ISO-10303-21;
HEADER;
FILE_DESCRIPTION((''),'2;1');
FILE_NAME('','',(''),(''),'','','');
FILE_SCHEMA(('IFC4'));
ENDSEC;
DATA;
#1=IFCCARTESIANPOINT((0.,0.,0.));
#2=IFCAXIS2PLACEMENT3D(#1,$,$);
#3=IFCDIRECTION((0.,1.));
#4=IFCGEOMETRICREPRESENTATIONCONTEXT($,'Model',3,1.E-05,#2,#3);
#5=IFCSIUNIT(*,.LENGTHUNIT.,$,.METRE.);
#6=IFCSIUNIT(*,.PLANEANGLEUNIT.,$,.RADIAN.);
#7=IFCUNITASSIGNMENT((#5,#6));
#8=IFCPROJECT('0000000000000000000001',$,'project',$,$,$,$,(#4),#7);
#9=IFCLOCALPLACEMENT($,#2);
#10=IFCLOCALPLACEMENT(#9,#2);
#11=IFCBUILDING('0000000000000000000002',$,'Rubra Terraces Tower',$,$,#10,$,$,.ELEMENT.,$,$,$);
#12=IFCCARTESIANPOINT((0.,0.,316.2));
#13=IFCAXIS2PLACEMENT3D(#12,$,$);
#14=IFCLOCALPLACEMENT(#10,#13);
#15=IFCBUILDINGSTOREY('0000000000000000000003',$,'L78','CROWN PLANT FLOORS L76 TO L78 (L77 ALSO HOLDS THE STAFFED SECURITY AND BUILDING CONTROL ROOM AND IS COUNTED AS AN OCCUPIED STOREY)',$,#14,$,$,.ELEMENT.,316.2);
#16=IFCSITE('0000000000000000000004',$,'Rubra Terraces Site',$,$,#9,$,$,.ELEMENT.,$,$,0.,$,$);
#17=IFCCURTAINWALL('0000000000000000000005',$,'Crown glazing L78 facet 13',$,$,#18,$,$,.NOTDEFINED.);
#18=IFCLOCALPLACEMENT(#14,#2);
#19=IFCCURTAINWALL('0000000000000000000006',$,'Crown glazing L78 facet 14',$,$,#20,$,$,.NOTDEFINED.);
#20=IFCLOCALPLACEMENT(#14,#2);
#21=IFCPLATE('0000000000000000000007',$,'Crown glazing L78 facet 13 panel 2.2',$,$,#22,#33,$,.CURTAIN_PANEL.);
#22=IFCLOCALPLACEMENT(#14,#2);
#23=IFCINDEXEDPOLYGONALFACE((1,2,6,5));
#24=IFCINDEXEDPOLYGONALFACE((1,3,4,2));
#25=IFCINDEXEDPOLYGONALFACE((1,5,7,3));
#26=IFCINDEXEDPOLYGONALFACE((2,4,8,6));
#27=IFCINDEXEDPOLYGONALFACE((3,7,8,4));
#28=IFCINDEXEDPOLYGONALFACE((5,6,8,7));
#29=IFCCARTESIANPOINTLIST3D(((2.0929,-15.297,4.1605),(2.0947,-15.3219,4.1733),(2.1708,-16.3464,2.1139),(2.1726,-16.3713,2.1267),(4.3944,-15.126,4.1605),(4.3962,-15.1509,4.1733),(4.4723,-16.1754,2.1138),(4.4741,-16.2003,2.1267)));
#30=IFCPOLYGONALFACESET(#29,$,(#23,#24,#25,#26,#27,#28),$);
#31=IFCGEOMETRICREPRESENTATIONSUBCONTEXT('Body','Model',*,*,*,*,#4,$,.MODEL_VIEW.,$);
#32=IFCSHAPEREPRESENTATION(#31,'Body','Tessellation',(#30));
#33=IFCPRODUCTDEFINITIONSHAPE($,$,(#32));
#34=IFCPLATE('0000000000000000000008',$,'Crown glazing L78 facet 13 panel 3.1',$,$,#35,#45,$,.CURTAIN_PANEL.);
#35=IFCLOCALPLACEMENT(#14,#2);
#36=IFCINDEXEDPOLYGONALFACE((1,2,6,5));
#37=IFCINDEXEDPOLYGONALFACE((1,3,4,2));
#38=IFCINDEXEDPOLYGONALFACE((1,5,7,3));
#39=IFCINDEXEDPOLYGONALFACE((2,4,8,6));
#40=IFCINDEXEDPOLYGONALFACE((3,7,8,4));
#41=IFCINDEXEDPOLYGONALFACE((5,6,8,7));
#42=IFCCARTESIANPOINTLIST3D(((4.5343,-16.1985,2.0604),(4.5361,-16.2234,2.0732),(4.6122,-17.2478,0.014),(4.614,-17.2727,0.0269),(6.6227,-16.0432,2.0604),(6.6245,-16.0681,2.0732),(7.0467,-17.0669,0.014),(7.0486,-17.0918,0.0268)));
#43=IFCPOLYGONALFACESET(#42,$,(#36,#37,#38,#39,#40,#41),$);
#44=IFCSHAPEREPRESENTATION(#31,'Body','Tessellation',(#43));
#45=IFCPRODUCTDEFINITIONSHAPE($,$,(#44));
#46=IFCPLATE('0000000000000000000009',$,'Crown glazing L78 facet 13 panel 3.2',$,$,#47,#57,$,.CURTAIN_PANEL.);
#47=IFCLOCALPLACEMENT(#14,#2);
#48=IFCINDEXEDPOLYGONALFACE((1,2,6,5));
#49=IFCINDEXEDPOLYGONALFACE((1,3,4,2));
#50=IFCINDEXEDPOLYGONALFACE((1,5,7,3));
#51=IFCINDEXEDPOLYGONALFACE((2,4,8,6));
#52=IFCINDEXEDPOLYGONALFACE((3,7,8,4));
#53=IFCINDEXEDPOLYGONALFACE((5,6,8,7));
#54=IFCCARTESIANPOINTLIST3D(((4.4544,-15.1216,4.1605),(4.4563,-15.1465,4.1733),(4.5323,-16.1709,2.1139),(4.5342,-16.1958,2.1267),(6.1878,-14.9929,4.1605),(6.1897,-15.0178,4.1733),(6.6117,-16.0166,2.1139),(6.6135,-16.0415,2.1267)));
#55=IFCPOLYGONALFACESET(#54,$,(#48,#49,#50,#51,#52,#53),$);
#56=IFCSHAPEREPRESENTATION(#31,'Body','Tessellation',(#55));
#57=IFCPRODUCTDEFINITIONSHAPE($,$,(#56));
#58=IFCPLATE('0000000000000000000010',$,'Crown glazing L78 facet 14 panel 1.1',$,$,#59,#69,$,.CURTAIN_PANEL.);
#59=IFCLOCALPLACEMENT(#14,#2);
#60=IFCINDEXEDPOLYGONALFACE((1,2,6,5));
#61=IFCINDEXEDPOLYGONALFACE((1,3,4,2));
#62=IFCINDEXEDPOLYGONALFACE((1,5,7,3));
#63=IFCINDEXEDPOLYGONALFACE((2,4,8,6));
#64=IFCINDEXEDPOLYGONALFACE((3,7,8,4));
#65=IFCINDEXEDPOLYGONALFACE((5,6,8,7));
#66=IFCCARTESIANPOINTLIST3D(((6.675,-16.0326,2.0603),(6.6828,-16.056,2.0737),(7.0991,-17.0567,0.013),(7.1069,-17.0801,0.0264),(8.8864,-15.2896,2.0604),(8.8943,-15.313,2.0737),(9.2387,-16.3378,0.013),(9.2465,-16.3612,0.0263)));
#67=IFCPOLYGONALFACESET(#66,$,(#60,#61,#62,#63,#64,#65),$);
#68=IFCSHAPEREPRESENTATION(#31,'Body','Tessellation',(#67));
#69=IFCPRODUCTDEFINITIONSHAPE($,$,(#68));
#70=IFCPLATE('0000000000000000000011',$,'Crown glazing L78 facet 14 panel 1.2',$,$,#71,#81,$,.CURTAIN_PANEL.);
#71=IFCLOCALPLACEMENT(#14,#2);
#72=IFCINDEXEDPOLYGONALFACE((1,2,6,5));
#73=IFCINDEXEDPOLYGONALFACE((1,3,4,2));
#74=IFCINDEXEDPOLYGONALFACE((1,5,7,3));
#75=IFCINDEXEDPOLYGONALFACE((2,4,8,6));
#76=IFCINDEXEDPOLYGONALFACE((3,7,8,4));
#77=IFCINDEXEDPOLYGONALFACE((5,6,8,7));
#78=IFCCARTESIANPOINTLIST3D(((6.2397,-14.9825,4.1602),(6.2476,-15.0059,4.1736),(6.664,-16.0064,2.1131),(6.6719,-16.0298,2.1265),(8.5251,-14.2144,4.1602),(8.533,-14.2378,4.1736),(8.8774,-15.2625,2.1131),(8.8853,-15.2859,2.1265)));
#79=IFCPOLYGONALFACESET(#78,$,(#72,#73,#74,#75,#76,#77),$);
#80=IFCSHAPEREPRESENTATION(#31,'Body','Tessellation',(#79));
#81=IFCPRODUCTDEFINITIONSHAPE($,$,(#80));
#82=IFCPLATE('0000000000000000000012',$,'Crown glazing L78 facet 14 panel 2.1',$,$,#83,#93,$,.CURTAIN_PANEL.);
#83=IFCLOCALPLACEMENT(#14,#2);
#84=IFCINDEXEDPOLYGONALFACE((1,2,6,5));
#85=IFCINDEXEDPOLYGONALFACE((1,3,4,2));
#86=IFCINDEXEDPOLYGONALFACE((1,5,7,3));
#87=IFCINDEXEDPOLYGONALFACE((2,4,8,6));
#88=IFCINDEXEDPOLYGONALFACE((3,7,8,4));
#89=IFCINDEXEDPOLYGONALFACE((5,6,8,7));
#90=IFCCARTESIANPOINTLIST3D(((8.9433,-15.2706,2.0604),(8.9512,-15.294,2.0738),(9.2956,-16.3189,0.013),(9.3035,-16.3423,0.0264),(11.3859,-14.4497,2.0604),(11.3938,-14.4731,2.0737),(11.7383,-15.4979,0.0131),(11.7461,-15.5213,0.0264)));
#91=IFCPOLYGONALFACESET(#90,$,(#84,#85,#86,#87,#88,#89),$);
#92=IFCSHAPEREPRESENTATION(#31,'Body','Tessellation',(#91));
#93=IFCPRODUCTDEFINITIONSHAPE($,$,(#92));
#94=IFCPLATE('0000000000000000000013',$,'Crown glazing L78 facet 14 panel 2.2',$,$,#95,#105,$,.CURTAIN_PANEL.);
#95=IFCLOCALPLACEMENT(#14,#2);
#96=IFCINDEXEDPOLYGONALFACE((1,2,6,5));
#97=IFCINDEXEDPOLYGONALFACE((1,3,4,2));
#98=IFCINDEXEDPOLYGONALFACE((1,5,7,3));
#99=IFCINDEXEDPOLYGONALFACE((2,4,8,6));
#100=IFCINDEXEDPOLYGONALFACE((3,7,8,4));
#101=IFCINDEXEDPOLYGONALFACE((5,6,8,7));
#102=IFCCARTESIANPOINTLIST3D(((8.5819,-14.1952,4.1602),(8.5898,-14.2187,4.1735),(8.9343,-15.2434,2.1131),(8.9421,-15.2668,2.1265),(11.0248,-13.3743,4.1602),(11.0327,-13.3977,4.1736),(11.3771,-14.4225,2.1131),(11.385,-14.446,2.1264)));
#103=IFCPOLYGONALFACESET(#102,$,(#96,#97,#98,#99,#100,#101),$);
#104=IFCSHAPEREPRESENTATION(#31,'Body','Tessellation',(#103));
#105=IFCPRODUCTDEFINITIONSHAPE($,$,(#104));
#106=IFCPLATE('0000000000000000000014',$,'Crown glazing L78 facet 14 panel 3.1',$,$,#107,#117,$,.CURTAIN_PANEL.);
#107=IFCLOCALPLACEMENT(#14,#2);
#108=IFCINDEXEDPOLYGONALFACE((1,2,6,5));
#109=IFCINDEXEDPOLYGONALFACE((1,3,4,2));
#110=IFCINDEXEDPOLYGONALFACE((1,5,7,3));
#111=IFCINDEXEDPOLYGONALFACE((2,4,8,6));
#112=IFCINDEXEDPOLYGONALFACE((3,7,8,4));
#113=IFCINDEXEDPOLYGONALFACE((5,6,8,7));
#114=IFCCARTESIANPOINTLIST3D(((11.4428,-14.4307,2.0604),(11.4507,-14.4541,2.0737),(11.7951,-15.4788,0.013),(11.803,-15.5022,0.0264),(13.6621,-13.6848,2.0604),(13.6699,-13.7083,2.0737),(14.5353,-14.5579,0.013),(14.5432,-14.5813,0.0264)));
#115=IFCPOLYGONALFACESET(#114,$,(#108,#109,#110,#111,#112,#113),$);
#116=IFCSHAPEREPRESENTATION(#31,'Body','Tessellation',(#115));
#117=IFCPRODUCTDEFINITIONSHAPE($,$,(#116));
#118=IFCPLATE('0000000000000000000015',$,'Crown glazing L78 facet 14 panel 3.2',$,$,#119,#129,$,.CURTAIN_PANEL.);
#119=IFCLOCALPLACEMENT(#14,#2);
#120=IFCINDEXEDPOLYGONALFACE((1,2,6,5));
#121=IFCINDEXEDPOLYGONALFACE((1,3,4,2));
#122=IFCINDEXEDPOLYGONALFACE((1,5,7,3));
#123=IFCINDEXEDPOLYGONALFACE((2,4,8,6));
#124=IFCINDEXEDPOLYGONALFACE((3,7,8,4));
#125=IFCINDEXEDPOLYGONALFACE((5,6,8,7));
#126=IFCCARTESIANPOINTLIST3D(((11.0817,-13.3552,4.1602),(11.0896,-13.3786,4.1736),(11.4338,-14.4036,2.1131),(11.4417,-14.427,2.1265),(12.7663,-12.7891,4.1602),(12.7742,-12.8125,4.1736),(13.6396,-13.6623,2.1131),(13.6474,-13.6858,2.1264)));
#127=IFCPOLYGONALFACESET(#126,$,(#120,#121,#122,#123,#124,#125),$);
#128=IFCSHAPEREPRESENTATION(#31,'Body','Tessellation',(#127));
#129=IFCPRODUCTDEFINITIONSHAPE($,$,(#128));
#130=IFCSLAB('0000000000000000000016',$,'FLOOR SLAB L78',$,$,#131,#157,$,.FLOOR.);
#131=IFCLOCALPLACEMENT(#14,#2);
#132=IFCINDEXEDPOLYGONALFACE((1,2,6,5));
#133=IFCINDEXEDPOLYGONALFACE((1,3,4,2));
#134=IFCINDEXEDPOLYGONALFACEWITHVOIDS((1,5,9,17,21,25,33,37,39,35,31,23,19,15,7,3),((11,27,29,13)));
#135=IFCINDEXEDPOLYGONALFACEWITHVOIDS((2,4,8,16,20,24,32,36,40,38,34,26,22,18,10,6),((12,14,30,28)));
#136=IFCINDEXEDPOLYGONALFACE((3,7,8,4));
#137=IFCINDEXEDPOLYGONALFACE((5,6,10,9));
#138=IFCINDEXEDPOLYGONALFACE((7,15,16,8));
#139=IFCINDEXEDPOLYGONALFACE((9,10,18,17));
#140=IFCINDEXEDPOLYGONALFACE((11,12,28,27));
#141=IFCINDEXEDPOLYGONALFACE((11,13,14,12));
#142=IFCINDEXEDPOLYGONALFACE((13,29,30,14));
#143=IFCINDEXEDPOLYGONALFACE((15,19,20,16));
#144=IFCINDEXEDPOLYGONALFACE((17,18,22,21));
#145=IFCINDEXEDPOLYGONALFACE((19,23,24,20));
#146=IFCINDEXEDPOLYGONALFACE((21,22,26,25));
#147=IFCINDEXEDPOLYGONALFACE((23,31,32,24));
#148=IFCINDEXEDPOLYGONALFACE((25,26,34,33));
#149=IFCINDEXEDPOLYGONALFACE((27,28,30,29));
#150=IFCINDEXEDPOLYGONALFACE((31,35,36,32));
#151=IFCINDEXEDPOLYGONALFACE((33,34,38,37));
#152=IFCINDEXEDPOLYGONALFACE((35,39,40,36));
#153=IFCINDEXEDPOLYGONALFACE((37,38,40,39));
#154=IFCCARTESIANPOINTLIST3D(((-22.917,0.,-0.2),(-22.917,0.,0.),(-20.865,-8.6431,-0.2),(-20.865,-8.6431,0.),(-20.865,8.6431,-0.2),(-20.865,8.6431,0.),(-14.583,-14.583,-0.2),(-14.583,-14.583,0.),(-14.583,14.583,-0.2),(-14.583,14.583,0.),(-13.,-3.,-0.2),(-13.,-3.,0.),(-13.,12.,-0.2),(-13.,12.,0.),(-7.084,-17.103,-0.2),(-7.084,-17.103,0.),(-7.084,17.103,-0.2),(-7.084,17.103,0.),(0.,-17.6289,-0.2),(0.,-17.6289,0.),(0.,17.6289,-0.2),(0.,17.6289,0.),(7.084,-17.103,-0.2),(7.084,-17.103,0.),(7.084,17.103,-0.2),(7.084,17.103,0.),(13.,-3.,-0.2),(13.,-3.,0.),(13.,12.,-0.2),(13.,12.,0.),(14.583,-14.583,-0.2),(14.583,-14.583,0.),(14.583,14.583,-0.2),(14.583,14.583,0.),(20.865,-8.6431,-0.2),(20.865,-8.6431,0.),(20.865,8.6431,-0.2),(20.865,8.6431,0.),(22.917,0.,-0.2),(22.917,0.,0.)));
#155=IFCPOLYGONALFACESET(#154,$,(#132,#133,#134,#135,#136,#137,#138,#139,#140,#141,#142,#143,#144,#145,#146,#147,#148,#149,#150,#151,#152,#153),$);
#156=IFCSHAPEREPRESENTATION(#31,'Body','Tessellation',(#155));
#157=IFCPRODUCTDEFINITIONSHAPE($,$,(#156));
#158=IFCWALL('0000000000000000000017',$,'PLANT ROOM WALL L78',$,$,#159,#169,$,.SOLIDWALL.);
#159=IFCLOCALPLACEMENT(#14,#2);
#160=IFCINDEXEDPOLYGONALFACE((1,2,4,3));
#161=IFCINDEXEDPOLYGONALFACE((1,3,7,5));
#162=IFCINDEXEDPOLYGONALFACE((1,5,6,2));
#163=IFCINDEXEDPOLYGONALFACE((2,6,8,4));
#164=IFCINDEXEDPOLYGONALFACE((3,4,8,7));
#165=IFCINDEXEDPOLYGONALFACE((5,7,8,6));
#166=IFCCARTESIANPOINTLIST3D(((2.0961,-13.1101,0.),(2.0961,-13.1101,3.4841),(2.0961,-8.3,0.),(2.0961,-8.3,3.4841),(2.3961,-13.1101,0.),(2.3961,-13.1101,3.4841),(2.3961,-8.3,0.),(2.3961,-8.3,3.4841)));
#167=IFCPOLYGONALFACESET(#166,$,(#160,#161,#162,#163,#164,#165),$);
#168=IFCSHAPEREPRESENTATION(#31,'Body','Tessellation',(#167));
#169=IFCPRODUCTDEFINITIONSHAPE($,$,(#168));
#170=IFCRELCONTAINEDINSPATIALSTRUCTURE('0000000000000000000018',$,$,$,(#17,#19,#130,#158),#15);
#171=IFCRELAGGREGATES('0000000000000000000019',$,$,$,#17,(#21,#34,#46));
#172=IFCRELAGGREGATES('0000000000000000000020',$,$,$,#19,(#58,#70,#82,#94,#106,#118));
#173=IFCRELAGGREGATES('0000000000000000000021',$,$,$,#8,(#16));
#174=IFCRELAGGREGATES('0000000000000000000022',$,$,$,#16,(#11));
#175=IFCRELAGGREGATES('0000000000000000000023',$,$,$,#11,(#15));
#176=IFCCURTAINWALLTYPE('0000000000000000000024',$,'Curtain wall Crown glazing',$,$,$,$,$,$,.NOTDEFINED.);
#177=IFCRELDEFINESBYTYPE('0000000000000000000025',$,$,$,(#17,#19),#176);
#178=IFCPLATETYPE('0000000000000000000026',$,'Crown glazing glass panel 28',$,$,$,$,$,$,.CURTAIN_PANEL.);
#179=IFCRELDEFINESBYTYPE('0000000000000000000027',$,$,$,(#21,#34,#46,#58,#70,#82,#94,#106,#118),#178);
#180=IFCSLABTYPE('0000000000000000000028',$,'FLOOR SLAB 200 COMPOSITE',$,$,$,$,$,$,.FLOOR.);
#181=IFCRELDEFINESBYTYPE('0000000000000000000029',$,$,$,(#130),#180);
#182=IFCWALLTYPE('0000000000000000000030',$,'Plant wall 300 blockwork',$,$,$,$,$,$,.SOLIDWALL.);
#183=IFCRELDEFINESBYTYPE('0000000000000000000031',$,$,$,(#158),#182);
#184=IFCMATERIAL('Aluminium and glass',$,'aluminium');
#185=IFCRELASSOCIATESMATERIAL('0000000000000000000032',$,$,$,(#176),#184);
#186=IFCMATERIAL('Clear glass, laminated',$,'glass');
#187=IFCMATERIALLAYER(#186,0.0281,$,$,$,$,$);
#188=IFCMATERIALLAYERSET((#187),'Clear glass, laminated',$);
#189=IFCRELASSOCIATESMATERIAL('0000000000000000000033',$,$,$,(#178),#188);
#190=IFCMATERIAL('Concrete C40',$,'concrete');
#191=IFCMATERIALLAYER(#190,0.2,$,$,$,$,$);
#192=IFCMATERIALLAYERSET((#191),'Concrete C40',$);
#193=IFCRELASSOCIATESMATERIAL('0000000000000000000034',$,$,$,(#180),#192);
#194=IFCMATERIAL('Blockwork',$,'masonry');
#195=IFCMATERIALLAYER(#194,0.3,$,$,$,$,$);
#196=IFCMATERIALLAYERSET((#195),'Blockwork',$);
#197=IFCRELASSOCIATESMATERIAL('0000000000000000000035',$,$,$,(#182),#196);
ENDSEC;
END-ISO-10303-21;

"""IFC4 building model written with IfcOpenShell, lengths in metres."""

from ifc_helpers import new_model, si_unit, direction, frame, frame_2d, origin, place, context, subcontext, project, spatial, polyline, rectangle, outline, extrude, material, layer, layer_set, type_object, element, aggregate, save


model = new_model("IFC4")

# Units and contexts
model_context = context("Model", 3, precision=1e-05, world=origin(), true_north=direction((0.0, 1.0)))
body_context = subcontext(model_context, "Body", "Model", "MODEL_VIEW")
ifc_project = project(units=[si_unit("LENGTHUNIT", "METRE"), si_unit("PLANEANGLEUNIT", "RADIAN")], contexts=[model_context])

# Site, building, storey
site_placement = place(None, origin())
site = spatial("IfcSite", under=ifc_project, at=site_placement, Name="Rubra Terraces Site", CompositionType="ELEMENT", RefElevation=0.0)
building_placement = place(site_placement, origin())
building = spatial("IfcBuilding", under=site, at=building_placement, Name="Rubra Terraces Tower", CompositionType="ELEMENT")
storey_placement = place(building_placement, frame((0.0, 0.0, 316.2)))
storey = spatial("IfcBuildingStorey", under=building, at=storey_placement, Name="L78", Description="CROWN PLANT FLOORS L76 TO L78 (L77 ALSO HOLDS THE STAFFED SECURITY AND BUILDING CONTROL ROOM AND IS COUNTED AS AN OCCUPIED STOREY)", CompositionType="ELEMENT", Elevation=316.2)

# Curtain walls
ifc_material_1 = material(Name="Aluminium and glass", Category="aluminium")
curtain_wall_type = type_object("IfcCurtainWallType", Name="Curtain wall Crown glazing", PredefinedType="NOTDEFINED", material=ifc_material_1)
curtain_wall_1_placement = place(storey_placement, origin())
curtain_wall_1 = element("IfcCurtainWall", 1, at=curtain_wall_1_placement, inside=storey, type_object=curtain_wall_type, Name="Crown glazing L78 facet 13", PredefinedType="NOTDEFINED")
curtain_wall_2_placement = place(storey_placement, origin())
curtain_wall_2 = element("IfcCurtainWall", 2, at=curtain_wall_2_placement, inside=storey, type_object=curtain_wall_type, Name="Crown glazing L78 facet 14", PredefinedType="NOTDEFINED")

# Shared definitions
ifc_material_2 = material(Name="Concrete C40", Category="concrete")

# Plates
ifc_material_3 = material(Name="Clear glass, laminated", Category="glass")
ifc_layer_1 = layer(ifc_material_3, 0.0281)
ifc_layer_set_1 = layer_set([ifc_layer_1], Name="Clear glass, laminated")
plate_type = type_object("IfcPlateType", Name="Crown glazing glass panel 28", PredefinedType="CURTAIN_PANEL", material=ifc_layer_set_1)
plate_1_placement = place(storey_placement, frame((2.1726, -16.3713, 2.1267), z_axis=(0.065902, -0.886883, 0.457269), x_axis=(0.997251, 0.074093, -0.000021)))
plate_1 = element("IfcPlate", 3, at=plate_1_placement, type_object=plate_type, Name="Crown glazing L78 facet 13 panel 2.2", PredefinedType="CURTAIN_PANEL", context=body_context, shape_type="SweptSolid", body=[
    extrude(outline(polyline([(0.0, 0.0), (2.3078, 0.0), (2.3079, 2.3014), (0.0, 2.3013), (0.0, 0.0)])), origin(), (0.0, 0.0, -1.0), 0.0281),
])
plate_2_placement = place(storey_placement, frame((4.614, -17.2727, 0.0269), z_axis=(0.065919, -0.886873, 0.457287), x_axis=(0.997249, 0.074119, -0.000008)))
plate_2 = element("IfcPlate", 4, at=plate_2_placement, type_object=plate_type, Name="Crown glazing L78 facet 13 panel 3.1", PredefinedType="CURTAIN_PANEL", context=body_context, shape_type="SweptSolid", body=[
    extrude(outline(polyline([(0.0, 0.0), (2.4413, 0.0), (2.0942, 2.3011), (0.0001, 2.301), (0.0, 0.0)])), origin(), (0.0, 0.0, -1.0), 0.0281),
])
plate_3_placement = place(storey_placement, frame((4.5342, -16.1958, 2.1267), z_axis=(0.065821, -0.886907, 0.457234), x_axis=(0.997258, 0.074009, -0.000004)))
plate_3 = element("IfcPlate", 5, at=plate_3_placement, type_object=plate_type, Name="Crown glazing L78 facet 13 panel 3.2", PredefinedType="CURTAIN_PANEL", context=body_context, shape_type="SweptSolid", body=[
    extrude(outline(polyline([(0.0, 0.0), (2.0851, 0.0), (1.7382, 2.3013), (0.0, 2.3013), (0.0, 0.0)])), origin(), (0.0, 0.0, -1.0), 0.0281),
])
aggregate(curtain_wall_1, [plate_1, plate_2, plate_3])
plate_4_placement = place(storey_placement, frame((7.1069, -17.0801, 0.0264), z_axis=(0.28023, -0.834045, 0.475227), x_axis=(0.94793, 0.318479, -0.000026)))
plate_4 = element("IfcPlate", 6, at=plate_4_placement, type_object=plate_type, Name="Crown glazing L78 facet 14 panel 1.1", PredefinedType="CURTAIN_PANEL", context=body_context, shape_type="SweptSolid", body=[
    extrude(outline(polyline([(0.0, 0.0), (2.2571, 0.0), (2.257, 2.327), (-0.0759, 2.3268), (0.0, 0.0)])), origin(), (0.0, 0.0, -1.0), 0.0281),
])
plate_5_placement = place(storey_placement, frame((6.6719, -16.0298, 2.1265), z_axis=(0.280297, -0.834011, 0.475246), x_axis=(0.947898, 0.318574, 0.000003)))
plate_5 = element("IfcPlate", 7, at=plate_5_placement, type_object=plate_type, Name="Crown glazing L78 facet 14 panel 1.2", PredefinedType="CURTAIN_PANEL", context=body_context, shape_type="SweptSolid", body=[
    extrude(outline(polyline([(0.0, 0.0), (2.335, 0.0), (2.335, 2.3267), (-0.076, 2.3267), (0.0, 0.0)])), origin(), (0.0, 0.0, -1.0), 0.0281),
])
plate_6_placement = place(storey_placement, frame((9.3035, -16.3423, 0.0264), z_axis=(0.280298, -0.834017, 0.475235), x_axis=(0.947896, 0.318581, 0.000019)))
plate_6 = element("IfcPlate", 8, at=plate_6_placement, type_object=plate_type, Name="Crown glazing L78 facet 14 panel 2.1", PredefinedType="CURTAIN_PANEL", context=body_context, shape_type="SweptSolid", body=[
    extrude(outline(polyline([(0.0, 0.0), (2.5769, 0.0), (2.5769, 2.3269), (0.0001, 2.327), (0.0, 0.0)])), origin(), (0.0, 0.0, -1.0), 0.0281),
])
plate_7_placement = place(storey_placement, frame((8.9421, -15.2668, 2.1265), z_axis=(0.280265, -0.834003, 0.475279), x_axis=(0.947912, 0.318533, -0.000019)))
plate_7 = element("IfcPlate", 9, at=plate_7_placement, type_object=plate_type, Name="Crown glazing L78 facet 14 panel 2.2", PredefinedType="CURTAIN_PANEL", context=body_context, shape_type="SweptSolid", body=[
    extrude(outline(polyline([(0.0, 0.0), (2.5771, 0.0), (2.577, 2.3268), (-0.0001, 2.3267), (0.0, 0.0)])), origin(), (0.0, 0.0, -1.0), 0.0281),
])
plate_8_placement = place(storey_placement, frame((11.803, -15.5022, 0.0264), z_axis=(0.280297, -0.834035, 0.475204), x_axis=(0.947902, 0.318563, -0.000003)))
plate_8 = element("IfcPlate", 10, at=plate_8_placement, type_object=plate_type, Name="Crown glazing L78 facet 14 panel 3.1", PredefinedType="CURTAIN_PANEL", context=body_context, shape_type="SweptSolid", body=[
    extrude(outline(polyline([(0.0, 0.0), (2.8908, 0.0), (2.3412, 2.3269), (-0.0001, 2.3269), (0.0, 0.0)])), origin(), (0.0, 0.0, -1.0), 0.0281),
])
plate_9_placement = place(storey_placement, frame((11.4417, -14.427, 2.1265), z_axis=(0.280263, -0.833986, 0.47531), x_axis=(0.947909, 0.318542, -0.00001)))
plate_9 = element("IfcPlate", 11, at=plate_9_placement, type_object=plate_type, Name="Crown glazing L78 facet 14 panel 3.2", PredefinedType="CURTAIN_PANEL", context=body_context, shape_type="SweptSolid", body=[
    extrude(outline(polyline([(0.0, 0.0), (2.327, 0.0), (1.7774, 2.3268), (0.0002, 2.3267), (0.0, 0.0)])), origin(), (0.0, 0.0, -1.0), 0.0281),
])
aggregate(curtain_wall_2, [plate_4, plate_5, plate_6, plate_7, plate_8, plate_9])

# Slab
ifc_layer_2 = layer(ifc_material_2, 0.2)
ifc_layer_set_2 = layer_set([ifc_layer_2], Name="Concrete C40")
slab_type_1 = type_object("IfcSlabType", Name="FLOOR SLAB 200 COMPOSITE", PredefinedType="FLOOR", material=ifc_layer_set_2)
slab_1_placement = place(storey_placement, frame((0.0, 0.0, -0.2)))
element("IfcSlab", 12, at=slab_1_placement, inside=storey, type_object=slab_type_1, Name="FLOOR SLAB L78", PredefinedType="FLOOR", context=body_context, shape_type="SweptSolid", body=[
    extrude(outline(polyline([(20.865, -8.6431), (22.917, 0.0), (20.865, 8.6431), (14.583, 14.583), (7.084, 17.103), (0.0, 17.6289), (-7.084, 17.103), (-14.583, 14.583), (-20.865, 8.6431), (-22.917, 0.0), (-20.865, -8.6431), (-14.583, -14.583), (-7.084, -17.103), (0.0, -17.6289), (7.084, -17.103), (14.583, -14.583), (20.865, -8.6431)]), holes=[polyline([(13.0, 12.0), (13.0, -3.0), (-13.0, -3.0), (-13.0, 12.0), (13.0, 12.0)])]), origin(), (0.0, 0.0, 1.0), 0.2),
])

# Wall
ifc_material_4 = material(Name="Blockwork", Category="masonry")
ifc_layer_3 = layer(ifc_material_4, 0.3)
ifc_layer_set_3 = layer_set([ifc_layer_3], Name="Blockwork")
wall_type_1 = type_object("IfcWallType", Name="Plant wall 300 blockwork", PredefinedType="SOLIDWALL", material=ifc_layer_set_3)
wall_1_placement = place(storey_placement, frame((2.2461, -13.1101, 0.0), z_axis=(0.0, 0.0, 1.0), x_axis=(0.0, 1.0, 0.0)))
element("IfcWall", 13, at=wall_1_placement, inside=storey, type_object=wall_type_1, Name="PLANT ROOM WALL L78", PredefinedType="SOLIDWALL", context=body_context, shape_type="SweptSolid", body=[
    extrude(rectangle(XDim=4.8101, YDim=0.3, at=frame_2d((2.405, 0.0))), origin(), (0.0, 0.0, 1.0), 3.4841),
])

save(model, "model.ifc")
